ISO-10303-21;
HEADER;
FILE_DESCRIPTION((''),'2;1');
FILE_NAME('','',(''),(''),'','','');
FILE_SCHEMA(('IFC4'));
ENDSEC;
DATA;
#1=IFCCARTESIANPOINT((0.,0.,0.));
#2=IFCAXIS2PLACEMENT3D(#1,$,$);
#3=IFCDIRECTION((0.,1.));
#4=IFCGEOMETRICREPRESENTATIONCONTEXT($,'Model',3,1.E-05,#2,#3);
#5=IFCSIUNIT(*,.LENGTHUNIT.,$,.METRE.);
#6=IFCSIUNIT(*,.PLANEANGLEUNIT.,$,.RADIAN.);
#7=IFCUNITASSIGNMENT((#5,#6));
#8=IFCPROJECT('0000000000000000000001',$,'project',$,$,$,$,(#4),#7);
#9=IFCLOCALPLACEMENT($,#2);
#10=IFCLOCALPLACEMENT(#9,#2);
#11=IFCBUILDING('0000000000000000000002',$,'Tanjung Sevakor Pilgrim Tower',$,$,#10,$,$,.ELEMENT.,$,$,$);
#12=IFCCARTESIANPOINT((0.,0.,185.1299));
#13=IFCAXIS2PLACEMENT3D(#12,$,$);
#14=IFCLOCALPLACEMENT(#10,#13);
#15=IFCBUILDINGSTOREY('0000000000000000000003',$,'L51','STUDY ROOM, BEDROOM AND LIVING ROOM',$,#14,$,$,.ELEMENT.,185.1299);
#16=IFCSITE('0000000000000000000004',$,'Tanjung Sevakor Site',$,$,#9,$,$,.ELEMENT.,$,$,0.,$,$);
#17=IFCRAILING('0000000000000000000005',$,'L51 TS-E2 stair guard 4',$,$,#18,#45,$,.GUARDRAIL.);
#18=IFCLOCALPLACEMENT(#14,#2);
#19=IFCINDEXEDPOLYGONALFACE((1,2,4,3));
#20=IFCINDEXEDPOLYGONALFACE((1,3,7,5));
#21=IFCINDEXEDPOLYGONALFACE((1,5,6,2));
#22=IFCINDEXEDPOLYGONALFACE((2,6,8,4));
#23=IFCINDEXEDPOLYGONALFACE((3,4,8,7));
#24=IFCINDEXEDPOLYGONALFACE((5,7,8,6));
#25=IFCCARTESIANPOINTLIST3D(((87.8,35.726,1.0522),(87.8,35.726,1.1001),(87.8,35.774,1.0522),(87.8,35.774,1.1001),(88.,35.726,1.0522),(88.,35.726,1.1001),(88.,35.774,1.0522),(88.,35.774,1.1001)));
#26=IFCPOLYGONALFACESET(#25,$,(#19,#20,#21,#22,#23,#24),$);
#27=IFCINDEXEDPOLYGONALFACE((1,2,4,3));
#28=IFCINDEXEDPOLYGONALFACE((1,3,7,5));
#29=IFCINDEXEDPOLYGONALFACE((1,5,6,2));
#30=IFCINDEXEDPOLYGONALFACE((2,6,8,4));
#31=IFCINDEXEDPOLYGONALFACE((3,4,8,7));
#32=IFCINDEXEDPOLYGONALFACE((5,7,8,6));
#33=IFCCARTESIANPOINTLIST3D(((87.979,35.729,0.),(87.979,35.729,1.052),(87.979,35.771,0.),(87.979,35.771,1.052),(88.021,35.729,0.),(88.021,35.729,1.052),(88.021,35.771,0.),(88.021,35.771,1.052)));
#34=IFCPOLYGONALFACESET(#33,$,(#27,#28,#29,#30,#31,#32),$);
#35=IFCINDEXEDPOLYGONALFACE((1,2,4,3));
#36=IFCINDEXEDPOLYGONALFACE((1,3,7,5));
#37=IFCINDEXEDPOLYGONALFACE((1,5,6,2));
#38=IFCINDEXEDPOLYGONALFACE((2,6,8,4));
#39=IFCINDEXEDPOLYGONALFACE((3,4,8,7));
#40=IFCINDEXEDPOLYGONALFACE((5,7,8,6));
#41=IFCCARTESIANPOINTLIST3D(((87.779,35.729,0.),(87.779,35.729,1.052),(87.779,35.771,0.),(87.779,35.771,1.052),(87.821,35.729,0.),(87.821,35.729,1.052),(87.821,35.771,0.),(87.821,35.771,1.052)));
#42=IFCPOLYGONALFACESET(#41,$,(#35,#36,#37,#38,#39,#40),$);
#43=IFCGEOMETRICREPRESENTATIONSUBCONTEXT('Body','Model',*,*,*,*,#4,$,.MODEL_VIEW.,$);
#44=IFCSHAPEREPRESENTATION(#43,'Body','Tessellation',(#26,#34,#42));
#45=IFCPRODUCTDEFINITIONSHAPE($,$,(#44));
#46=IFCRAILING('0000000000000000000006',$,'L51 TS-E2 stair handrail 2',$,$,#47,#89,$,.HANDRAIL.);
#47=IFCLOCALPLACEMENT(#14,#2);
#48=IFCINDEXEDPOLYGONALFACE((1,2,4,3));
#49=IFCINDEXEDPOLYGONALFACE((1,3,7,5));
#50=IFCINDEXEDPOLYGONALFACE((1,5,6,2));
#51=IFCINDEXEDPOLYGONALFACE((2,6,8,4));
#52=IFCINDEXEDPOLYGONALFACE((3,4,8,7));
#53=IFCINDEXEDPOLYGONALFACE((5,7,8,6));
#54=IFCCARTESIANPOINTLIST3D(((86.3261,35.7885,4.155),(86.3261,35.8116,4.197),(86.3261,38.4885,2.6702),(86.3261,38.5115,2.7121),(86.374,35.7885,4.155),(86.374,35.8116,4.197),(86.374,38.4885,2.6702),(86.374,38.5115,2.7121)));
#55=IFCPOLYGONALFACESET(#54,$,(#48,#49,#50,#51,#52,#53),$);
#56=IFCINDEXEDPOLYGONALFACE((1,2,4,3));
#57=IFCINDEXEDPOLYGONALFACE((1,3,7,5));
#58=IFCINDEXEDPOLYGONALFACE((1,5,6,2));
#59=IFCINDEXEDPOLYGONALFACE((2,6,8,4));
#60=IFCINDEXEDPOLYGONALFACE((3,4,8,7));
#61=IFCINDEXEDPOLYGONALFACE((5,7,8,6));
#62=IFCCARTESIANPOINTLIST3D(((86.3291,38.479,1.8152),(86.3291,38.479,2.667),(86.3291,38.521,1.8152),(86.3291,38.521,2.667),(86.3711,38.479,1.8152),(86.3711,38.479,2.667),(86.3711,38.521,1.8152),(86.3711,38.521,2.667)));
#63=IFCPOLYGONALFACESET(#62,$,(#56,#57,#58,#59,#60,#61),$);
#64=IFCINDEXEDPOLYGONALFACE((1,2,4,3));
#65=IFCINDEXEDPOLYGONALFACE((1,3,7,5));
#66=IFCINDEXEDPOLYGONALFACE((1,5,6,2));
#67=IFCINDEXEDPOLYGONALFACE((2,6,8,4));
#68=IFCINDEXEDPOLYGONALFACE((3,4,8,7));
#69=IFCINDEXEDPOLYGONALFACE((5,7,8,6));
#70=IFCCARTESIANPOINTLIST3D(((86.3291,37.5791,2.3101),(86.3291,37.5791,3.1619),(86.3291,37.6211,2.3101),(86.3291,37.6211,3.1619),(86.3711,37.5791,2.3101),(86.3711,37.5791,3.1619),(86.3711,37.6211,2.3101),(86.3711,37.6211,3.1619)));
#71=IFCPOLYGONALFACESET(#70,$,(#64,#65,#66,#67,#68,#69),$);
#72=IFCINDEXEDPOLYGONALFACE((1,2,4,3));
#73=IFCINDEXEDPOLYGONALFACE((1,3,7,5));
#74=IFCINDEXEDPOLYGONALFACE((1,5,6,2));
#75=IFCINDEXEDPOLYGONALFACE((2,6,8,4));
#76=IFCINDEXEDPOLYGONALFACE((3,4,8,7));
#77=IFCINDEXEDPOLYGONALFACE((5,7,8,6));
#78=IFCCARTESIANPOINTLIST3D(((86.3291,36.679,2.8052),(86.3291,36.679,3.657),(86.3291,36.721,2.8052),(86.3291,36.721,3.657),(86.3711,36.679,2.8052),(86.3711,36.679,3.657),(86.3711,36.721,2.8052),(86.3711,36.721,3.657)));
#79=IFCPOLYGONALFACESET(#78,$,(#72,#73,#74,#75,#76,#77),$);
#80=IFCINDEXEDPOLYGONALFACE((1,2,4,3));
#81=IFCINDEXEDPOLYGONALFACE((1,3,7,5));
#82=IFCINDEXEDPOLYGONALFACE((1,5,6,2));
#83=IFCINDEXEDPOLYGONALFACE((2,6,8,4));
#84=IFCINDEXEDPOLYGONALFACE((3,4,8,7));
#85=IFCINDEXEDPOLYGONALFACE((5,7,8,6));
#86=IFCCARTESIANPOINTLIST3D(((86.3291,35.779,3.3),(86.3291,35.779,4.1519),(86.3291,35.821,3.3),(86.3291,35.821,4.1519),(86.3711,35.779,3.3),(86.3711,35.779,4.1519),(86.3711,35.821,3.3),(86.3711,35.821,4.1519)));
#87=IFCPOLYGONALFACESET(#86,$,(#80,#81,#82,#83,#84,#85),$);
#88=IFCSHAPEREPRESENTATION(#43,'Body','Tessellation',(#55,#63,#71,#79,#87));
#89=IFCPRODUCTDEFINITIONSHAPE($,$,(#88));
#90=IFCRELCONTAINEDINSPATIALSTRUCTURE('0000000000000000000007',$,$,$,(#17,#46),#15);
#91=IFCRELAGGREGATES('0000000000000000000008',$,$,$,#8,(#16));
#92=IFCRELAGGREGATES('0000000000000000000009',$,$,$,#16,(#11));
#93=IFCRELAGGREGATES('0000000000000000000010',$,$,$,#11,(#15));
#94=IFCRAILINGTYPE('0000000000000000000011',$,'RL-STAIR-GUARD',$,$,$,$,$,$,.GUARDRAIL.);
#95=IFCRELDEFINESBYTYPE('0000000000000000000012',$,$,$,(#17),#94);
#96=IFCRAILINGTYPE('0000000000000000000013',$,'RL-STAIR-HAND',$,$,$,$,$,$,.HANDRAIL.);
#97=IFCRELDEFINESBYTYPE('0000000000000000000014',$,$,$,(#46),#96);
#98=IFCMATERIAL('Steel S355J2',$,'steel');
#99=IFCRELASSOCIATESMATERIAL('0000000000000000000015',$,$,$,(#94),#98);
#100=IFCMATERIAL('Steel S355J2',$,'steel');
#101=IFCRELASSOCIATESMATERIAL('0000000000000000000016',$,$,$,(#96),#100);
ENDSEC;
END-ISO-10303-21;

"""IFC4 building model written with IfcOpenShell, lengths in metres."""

from ifc_helpers import new_model, si_unit, direction, frame, origin, place, context, subcontext, project, spatial, rectangle, extrude, material, type_object, element, save


model = new_model("IFC4")

# Units and contexts
model_context = context("Model", 3, precision=1e-05, world=origin(), true_north=direction((0.0, 1.0)))
body_context = subcontext(model_context, "Body", "Model", "MODEL_VIEW")
ifc_project = project(units=[si_unit("LENGTHUNIT", "METRE"), si_unit("PLANEANGLEUNIT", "RADIAN")], contexts=[model_context])

# Site, building, storey
site_placement = place(None, origin())
site = spatial("IfcSite", under=ifc_project, at=site_placement, Name="Tanjung Sevakor Site", CompositionType="ELEMENT", RefElevation=0.0)
building_placement = place(site_placement, origin())
building = spatial("IfcBuilding", under=site, at=building_placement, Name="Tanjung Sevakor Pilgrim Tower", CompositionType="ELEMENT")
storey_placement = place(building_placement, frame((0.0, 0.0, 185.1299)))
storey = spatial("IfcBuildingStorey", under=building, at=storey_placement, Name="L51", Description="STUDY ROOM, BEDROOM AND LIVING ROOM", CompositionType="ELEMENT", Elevation=185.1299)

# Railings
ifc_material_1 = material(Name="Steel S355J2", Category="steel")
railing_type_1 = type_object("IfcRailingType", Name="RL-STAIR-GUARD", PredefinedType="GUARDRAIL", material=ifc_material_1)
railing_1_placement = place(storey_placement, frame((88.0, 35.75, 0.0)))
element("IfcRailing", 1, at=railing_1_placement, inside=storey, type_object=railing_type_1, Name="L51 TS-E2 stair guard 4", PredefinedType="GUARDRAIL", context=body_context, shape_type="SweptSolid", body=[
    extrude(rectangle(XDim=0.0479, YDim=0.0479), frame((0.0, 0.0, 1.0762), z_axis=(-1.0, 0.0, 0.0), x_axis=(0.0, -1.0, 0.0)), (0.0, 0.0, 1.0), 0.2),
    extrude(rectangle(XDim=0.042, YDim=0.042), origin(), (0.0, 0.0, 1.0), 1.052),
    extrude(rectangle(XDim=0.042, YDim=0.042), frame((-0.2, 0.0, 0.0)), (0.0, 0.0, 1.0), 1.052),
])
ifc_material_2 = material(Name="Steel S355J2", Category="steel")
railing_type_2 = type_object("IfcRailingType", Name="RL-STAIR-HAND", PredefinedType="HANDRAIL", material=ifc_material_2)
railing_2_placement = place(storey_placement, frame((86.3501, 38.5, 1.8152)))
element("IfcRailing", 2, at=railing_2_placement, inside=storey, type_object=railing_type_2, Name="L51 TS-E2 stair handrail 2", PredefinedType="HANDRAIL", context=body_context, shape_type="SweptSolid", body=[
    extrude(rectangle(XDim=0.0479, YDim=0.0479), frame((0.0, 0.0, 0.876), z_axis=(0.0, -0.876231, 0.481891), x_axis=(1.0, 0.0, 0.0)), (0.0, 0.0, 1.0), 3.0813),
    extrude(rectangle(XDim=0.042, YDim=0.042), origin(), (0.0, 0.0, 1.0), 0.8518),
    extrude(rectangle(XDim=0.042, YDim=0.042), frame((0.0, -0.8999, 0.4949)), (0.0, 0.0, 1.0), 0.8518),
    extrude(rectangle(XDim=0.042, YDim=0.042), frame((0.0, -1.8, 0.99)), (0.0, 0.0, 1.0), 0.8518),
    extrude(rectangle(XDim=0.042, YDim=0.042), frame((0.0, -2.7, 1.4849)), (0.0, 0.0, 1.0), 0.8518),
])

save(model, "model.ifc")
